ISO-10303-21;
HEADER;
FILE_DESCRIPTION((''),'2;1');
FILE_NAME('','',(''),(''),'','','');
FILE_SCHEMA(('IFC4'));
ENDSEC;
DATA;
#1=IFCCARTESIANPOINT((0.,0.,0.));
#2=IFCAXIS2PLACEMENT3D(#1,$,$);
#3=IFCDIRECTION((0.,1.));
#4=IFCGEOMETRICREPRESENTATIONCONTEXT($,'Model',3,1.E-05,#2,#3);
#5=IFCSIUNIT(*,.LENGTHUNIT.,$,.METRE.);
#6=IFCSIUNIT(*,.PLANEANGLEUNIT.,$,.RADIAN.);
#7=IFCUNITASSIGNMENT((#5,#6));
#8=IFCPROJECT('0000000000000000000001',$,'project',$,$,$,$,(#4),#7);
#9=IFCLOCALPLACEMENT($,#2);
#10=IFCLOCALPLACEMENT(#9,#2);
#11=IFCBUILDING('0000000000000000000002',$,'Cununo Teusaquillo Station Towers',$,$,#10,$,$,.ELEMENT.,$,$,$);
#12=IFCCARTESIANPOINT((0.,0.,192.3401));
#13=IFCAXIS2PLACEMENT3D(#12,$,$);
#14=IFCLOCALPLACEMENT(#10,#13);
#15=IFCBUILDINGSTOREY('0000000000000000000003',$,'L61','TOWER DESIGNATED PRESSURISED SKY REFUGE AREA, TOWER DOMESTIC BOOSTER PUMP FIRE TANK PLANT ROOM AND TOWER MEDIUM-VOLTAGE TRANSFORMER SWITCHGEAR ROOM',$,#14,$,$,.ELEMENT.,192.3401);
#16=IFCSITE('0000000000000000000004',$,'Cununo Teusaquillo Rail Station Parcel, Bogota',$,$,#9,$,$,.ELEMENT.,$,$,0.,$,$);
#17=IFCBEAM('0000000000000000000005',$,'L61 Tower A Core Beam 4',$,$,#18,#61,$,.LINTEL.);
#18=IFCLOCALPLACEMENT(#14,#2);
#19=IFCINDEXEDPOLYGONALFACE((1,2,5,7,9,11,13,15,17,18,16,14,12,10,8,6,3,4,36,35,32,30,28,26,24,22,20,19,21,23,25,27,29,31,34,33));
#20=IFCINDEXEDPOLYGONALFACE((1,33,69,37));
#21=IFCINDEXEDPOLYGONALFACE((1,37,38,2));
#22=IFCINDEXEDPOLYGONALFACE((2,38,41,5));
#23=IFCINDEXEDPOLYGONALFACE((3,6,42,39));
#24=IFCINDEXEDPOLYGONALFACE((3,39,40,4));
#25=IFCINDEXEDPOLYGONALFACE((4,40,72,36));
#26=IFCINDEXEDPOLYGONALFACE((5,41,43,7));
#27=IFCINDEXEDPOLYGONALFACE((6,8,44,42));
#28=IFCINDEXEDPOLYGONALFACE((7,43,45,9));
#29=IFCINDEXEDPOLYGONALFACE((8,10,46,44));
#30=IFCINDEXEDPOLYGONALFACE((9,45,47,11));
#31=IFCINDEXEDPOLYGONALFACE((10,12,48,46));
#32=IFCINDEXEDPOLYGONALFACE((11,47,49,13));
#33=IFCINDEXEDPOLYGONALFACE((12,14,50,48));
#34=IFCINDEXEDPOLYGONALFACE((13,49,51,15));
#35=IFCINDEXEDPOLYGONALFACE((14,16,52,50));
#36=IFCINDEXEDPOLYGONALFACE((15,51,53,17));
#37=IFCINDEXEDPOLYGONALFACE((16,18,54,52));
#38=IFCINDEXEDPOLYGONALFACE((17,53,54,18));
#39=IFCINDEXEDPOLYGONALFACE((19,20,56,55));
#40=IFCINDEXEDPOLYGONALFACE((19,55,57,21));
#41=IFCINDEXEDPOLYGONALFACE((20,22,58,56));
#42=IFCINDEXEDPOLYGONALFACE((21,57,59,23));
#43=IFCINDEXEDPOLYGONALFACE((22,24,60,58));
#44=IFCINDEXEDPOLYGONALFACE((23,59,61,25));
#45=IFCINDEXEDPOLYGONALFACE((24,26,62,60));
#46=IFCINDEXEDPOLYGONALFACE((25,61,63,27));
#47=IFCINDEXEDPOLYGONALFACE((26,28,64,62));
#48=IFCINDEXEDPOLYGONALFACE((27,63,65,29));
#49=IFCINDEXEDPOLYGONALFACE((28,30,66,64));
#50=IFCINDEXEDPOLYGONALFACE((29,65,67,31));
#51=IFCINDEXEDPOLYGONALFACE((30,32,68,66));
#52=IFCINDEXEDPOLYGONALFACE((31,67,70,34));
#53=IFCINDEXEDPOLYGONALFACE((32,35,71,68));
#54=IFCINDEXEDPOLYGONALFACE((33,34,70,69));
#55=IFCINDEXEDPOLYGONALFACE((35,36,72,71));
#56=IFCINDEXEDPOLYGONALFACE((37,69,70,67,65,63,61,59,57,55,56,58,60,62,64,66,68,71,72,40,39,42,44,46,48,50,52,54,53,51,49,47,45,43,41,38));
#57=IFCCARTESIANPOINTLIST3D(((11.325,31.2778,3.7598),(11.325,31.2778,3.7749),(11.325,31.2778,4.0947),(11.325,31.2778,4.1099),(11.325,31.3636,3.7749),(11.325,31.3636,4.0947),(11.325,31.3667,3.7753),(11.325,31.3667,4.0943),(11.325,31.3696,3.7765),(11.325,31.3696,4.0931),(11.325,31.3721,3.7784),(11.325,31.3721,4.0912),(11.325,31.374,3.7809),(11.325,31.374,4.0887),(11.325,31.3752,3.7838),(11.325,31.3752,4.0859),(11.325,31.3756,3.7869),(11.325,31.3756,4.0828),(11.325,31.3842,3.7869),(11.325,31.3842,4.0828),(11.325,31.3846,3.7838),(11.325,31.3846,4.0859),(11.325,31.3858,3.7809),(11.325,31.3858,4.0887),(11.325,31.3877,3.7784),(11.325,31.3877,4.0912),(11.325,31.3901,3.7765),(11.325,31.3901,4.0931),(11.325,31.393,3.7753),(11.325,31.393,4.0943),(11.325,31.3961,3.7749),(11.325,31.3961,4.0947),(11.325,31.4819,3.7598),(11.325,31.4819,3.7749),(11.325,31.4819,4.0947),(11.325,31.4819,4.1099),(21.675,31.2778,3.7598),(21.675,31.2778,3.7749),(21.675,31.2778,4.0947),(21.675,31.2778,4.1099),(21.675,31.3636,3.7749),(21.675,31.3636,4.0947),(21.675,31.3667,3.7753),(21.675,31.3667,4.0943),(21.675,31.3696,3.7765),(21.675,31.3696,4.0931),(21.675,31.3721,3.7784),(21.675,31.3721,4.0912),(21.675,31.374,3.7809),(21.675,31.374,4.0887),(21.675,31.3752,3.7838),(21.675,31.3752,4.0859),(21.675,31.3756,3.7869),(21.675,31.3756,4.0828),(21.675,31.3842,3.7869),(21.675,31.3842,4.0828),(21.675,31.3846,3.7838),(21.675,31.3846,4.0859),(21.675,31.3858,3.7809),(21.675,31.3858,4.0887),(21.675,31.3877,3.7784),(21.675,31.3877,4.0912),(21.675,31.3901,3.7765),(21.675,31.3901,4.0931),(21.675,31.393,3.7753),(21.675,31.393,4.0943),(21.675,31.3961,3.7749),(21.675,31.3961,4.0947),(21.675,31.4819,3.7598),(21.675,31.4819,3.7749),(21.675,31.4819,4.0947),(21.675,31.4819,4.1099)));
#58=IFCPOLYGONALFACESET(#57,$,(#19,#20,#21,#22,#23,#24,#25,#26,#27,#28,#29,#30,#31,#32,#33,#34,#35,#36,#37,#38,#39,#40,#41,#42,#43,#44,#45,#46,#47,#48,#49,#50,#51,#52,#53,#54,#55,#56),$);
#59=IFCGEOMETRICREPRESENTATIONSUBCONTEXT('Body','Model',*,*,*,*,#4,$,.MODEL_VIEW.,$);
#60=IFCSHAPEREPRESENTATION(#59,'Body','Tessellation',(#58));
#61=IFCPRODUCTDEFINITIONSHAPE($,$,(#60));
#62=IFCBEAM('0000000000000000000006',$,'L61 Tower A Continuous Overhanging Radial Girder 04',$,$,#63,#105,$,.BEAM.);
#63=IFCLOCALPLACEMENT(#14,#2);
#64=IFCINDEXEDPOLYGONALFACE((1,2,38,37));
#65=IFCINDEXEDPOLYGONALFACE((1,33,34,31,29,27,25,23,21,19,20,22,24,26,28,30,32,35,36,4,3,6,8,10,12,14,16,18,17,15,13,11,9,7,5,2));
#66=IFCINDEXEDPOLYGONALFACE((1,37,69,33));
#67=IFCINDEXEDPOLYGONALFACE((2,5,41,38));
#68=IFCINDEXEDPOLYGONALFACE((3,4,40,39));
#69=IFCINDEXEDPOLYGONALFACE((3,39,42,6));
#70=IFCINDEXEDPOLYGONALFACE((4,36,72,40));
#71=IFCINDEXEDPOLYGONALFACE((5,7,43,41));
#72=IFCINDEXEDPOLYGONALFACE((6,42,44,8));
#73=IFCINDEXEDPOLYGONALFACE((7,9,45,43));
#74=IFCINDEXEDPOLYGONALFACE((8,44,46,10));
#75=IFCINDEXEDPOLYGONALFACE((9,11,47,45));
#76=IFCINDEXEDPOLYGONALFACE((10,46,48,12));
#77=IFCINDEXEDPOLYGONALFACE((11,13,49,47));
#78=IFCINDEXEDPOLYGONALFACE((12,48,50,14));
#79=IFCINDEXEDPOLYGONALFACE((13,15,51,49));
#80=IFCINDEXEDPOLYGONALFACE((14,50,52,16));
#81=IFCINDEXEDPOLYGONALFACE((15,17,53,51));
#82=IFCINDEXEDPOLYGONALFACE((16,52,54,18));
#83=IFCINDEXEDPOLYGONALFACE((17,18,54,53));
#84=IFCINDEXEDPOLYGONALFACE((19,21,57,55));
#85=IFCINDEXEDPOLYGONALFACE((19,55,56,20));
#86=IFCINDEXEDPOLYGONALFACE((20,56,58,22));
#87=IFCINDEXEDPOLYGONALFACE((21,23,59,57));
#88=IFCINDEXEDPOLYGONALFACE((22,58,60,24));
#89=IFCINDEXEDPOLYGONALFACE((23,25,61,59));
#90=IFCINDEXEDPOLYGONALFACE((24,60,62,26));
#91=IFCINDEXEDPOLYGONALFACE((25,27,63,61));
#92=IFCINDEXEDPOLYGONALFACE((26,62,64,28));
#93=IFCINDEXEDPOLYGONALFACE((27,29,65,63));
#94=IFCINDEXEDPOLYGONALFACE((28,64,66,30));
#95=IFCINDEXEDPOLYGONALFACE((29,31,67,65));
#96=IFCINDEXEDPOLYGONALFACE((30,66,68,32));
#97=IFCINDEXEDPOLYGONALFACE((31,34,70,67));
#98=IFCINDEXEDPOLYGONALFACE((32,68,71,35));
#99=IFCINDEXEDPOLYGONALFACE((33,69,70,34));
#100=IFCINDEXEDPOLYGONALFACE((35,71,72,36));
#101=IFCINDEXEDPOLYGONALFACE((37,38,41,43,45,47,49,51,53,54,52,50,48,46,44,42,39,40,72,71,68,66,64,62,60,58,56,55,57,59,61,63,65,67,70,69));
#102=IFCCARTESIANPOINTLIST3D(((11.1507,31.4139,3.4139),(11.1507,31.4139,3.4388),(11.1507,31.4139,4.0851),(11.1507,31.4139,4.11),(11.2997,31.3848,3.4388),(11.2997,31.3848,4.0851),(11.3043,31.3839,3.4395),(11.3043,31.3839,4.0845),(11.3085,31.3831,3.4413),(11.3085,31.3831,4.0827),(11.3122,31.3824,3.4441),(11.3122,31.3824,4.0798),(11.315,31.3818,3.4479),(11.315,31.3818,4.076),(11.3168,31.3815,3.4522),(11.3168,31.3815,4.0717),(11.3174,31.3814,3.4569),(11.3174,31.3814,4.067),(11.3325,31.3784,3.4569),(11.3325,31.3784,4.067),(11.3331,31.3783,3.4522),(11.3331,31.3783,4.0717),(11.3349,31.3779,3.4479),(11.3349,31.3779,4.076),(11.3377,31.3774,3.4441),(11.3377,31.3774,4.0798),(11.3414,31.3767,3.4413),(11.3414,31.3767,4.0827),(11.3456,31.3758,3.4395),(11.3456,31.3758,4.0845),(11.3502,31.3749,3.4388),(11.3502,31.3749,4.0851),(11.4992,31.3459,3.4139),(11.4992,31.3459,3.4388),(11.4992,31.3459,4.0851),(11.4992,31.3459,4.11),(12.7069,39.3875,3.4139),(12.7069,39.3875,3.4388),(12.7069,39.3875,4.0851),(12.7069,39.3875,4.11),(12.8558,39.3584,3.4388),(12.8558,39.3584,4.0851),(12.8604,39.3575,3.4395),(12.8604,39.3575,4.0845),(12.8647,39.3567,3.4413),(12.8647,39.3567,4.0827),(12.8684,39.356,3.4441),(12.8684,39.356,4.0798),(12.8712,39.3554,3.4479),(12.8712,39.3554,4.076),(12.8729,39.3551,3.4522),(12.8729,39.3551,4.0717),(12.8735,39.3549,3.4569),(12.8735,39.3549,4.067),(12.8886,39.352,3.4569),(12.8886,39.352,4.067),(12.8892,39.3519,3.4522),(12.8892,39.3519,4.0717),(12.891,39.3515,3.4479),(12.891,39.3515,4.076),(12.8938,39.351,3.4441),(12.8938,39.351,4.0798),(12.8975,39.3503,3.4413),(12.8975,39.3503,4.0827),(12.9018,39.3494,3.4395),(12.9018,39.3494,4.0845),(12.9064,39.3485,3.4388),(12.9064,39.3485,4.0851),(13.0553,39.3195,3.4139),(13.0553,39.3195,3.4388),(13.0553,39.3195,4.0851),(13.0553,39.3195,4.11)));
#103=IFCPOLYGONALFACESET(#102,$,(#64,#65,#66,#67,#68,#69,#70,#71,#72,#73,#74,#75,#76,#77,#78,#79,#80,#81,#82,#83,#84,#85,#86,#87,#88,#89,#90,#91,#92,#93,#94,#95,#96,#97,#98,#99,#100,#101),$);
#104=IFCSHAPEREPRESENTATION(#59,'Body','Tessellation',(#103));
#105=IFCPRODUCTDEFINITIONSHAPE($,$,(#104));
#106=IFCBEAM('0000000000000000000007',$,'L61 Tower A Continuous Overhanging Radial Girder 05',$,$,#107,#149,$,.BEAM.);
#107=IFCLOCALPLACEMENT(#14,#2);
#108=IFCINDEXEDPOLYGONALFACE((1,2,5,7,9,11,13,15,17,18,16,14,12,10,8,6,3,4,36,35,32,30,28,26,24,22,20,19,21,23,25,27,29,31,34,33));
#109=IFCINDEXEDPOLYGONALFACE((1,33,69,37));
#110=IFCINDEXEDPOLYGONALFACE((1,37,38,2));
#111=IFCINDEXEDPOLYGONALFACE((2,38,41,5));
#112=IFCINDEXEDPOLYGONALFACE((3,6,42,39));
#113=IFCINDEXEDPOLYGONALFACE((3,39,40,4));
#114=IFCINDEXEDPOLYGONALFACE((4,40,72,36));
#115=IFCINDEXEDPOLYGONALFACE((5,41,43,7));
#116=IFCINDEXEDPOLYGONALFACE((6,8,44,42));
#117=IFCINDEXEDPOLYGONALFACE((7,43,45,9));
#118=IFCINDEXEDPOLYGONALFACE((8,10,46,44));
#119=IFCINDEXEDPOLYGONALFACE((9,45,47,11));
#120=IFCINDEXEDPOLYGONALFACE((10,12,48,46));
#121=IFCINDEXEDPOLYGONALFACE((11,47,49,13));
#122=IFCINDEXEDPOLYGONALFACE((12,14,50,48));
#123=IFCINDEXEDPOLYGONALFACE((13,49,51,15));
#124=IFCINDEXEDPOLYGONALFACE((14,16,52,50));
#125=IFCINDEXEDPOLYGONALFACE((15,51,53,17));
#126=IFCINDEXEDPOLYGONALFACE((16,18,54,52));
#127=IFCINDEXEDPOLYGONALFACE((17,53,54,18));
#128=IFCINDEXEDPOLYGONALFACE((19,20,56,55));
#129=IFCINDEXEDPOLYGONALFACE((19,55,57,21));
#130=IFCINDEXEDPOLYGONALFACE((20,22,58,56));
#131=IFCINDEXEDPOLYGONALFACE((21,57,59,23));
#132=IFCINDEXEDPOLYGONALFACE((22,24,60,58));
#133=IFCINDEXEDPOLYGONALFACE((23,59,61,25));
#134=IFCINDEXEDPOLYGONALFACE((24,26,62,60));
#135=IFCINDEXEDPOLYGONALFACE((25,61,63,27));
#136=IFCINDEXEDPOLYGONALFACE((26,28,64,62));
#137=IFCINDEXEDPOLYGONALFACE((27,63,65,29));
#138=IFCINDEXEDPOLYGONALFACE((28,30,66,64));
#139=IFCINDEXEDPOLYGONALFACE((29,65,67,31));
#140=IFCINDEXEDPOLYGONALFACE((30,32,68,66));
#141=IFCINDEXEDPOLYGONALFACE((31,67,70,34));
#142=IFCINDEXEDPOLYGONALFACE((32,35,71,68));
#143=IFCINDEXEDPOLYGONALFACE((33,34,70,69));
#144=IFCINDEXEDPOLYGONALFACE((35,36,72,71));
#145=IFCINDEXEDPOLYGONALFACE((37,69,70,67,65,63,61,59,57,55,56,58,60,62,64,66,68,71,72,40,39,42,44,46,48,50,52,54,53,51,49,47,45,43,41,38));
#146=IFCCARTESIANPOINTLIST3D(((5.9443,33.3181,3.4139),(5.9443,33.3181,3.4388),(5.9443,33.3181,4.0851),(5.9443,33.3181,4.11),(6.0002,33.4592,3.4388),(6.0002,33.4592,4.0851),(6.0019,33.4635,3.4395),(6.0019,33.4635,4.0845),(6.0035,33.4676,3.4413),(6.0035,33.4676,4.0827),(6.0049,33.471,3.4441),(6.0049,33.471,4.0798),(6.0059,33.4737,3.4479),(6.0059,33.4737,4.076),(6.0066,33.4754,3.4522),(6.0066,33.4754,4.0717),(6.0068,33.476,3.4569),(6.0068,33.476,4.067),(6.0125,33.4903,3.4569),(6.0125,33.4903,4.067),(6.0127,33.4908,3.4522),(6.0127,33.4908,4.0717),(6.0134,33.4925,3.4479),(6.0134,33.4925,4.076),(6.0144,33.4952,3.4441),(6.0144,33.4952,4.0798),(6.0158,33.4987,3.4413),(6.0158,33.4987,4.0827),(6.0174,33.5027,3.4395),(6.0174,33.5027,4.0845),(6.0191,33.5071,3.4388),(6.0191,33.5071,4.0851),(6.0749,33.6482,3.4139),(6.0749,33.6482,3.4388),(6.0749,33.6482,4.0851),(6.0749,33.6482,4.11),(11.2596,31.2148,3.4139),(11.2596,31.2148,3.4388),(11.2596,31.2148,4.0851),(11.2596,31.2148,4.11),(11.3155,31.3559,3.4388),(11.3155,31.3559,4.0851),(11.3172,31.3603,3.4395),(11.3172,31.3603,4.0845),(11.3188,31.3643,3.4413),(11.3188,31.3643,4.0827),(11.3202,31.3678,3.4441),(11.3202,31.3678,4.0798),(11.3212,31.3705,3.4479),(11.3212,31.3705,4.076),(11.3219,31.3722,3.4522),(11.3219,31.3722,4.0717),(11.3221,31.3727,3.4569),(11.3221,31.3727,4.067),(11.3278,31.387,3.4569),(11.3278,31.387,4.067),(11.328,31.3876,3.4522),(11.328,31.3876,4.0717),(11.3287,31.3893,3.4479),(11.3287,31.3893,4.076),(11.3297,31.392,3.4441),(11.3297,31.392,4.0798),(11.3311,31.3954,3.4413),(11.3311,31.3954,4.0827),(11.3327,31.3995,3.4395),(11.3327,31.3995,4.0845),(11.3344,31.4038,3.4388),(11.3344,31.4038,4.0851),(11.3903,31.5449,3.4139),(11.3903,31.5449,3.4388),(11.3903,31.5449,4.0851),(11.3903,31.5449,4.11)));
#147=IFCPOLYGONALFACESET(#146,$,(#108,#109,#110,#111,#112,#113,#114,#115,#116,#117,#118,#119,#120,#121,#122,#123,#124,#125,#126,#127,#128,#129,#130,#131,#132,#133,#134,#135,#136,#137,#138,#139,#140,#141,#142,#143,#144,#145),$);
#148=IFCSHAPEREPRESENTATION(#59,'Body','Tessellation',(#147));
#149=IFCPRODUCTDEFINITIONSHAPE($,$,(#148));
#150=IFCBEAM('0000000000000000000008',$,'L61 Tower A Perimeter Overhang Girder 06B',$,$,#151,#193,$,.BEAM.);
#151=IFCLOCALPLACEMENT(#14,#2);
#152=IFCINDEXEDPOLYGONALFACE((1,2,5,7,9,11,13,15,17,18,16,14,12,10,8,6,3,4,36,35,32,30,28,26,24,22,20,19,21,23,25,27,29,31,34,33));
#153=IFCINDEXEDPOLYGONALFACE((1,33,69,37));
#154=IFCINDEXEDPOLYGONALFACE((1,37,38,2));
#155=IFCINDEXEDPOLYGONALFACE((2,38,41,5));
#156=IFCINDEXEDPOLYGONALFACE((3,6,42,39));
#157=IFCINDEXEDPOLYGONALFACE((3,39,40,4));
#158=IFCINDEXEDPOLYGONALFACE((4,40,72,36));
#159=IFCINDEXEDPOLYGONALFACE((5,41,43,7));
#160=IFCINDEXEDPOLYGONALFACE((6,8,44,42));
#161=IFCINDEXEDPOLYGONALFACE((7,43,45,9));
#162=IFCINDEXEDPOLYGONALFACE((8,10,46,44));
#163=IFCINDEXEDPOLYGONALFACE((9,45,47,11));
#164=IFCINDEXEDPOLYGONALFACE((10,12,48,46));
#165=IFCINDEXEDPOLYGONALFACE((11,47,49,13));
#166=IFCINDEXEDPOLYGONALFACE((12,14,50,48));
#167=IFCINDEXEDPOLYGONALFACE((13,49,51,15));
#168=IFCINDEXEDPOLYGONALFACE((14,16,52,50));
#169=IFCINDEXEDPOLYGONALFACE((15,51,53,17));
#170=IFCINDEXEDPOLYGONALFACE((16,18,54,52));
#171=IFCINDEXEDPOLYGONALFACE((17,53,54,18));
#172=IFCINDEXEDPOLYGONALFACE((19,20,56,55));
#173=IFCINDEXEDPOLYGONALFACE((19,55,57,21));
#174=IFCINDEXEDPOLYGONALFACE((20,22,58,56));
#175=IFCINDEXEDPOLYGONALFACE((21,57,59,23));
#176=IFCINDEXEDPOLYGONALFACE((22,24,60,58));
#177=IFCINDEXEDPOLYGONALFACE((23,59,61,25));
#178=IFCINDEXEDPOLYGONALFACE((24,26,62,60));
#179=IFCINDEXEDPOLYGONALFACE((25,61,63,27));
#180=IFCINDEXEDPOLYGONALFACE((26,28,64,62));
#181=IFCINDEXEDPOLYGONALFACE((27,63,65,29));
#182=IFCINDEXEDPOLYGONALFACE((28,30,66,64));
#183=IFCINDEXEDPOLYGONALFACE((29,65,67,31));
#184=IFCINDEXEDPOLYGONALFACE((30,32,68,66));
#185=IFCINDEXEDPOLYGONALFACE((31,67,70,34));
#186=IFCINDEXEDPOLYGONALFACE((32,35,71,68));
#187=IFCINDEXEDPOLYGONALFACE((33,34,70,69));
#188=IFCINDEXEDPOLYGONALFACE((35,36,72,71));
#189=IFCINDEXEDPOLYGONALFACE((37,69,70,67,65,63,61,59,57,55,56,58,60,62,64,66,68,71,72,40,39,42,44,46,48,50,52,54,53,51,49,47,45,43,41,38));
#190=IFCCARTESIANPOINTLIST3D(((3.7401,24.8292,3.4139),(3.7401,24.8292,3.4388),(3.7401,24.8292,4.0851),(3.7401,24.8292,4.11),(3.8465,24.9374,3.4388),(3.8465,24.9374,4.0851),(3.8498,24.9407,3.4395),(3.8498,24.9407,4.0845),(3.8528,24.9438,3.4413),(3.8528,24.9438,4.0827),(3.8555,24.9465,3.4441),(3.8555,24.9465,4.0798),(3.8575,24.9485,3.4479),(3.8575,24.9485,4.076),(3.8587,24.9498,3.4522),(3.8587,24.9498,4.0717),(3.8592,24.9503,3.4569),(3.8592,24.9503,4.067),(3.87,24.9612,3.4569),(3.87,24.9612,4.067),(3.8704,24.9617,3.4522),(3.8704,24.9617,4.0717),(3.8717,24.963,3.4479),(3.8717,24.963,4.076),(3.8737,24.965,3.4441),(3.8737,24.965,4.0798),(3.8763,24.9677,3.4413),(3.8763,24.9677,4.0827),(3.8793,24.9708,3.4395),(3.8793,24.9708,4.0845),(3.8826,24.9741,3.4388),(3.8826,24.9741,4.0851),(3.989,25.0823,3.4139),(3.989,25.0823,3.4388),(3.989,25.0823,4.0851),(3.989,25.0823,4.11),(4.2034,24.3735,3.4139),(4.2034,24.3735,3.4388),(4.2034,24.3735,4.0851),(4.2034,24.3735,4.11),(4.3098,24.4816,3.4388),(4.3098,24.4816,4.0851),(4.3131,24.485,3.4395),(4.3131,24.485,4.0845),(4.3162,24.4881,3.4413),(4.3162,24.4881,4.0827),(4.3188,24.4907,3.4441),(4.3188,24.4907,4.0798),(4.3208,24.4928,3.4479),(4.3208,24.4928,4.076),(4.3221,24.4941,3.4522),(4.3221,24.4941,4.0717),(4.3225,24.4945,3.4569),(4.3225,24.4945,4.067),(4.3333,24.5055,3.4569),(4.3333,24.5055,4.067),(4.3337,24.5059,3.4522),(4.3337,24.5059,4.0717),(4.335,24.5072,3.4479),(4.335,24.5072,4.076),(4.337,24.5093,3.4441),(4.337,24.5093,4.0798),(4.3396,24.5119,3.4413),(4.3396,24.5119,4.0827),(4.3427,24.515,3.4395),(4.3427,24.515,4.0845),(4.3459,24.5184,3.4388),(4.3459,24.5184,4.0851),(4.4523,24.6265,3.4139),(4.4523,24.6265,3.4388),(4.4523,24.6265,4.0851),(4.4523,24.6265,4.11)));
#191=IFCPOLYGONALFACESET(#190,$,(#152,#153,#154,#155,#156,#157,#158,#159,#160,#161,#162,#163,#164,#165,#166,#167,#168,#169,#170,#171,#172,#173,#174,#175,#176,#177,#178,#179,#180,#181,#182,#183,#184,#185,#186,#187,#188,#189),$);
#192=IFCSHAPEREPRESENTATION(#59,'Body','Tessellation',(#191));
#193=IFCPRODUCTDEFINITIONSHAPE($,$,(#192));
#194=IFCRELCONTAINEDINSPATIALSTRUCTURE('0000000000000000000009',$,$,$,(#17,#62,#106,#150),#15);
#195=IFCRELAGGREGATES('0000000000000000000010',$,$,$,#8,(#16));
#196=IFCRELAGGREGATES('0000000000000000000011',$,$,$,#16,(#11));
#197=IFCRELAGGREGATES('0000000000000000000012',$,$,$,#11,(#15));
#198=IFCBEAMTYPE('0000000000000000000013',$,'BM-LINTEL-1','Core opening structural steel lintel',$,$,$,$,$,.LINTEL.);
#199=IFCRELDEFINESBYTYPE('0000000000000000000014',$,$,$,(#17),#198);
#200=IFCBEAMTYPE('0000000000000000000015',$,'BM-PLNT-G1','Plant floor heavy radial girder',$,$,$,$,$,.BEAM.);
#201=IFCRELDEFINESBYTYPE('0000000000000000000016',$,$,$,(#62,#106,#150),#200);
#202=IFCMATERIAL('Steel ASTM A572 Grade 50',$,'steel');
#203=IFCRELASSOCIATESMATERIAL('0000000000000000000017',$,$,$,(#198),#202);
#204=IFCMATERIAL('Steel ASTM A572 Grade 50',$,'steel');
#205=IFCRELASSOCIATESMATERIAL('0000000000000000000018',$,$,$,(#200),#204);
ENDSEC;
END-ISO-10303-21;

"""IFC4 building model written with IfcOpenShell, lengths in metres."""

from ifc_helpers import new_model, si_unit, direction, frame, origin, origin_2d, place, context, subcontext, project, spatial, i_section, extrude, material, material_profile, profile_set, type_object, element, save


model = new_model("IFC4")

# Units and contexts
model_context = context("Model", 3, precision=1e-05, world=origin(), true_north=direction((0.0, 1.0)))
body_context = subcontext(model_context, "Body", "Model", "MODEL_VIEW")
ifc_project = project(units=[si_unit("LENGTHUNIT", "METRE"), si_unit("PLANEANGLEUNIT", "RADIAN")], contexts=[model_context])

# Site, building, storey
site_placement = place(None, origin())
site = spatial("IfcSite", under=ifc_project, at=site_placement, Name="Cununo Teusaquillo Rail Station Parcel, Bogota", CompositionType="ELEMENT", RefElevation=0.0)
building_placement = place(site_placement, origin())
building = spatial("IfcBuilding", under=site, at=building_placement, Name="Cununo Teusaquillo Station Towers", CompositionType="ELEMENT")
storey_placement = place(building_placement, frame((0.0, 0.0, 192.3401)))
storey = spatial("IfcBuildingStorey", under=building, at=storey_placement, Name="L61", Description="TOWER DESIGNATED PRESSURISED SKY REFUGE AREA, TOWER DOMESTIC BOOSTER PUMP FIRE TANK PLANT ROOM AND TOWER MEDIUM-VOLTAGE TRANSFORMER SWITCHGEAR ROOM", CompositionType="ELEMENT", Elevation=192.3401)

# Beams
ifc_material_1 = material(Name="Steel ASTM A572 Grade 50", Category="steel")
ifc_material_profile_1 = material_profile(ifc_material_1, i_section(OverallWidth=0.2041, OverallDepth=0.3501, WebThickness=0.0085, FlangeThickness=0.0151, FilletRadius=0.012, at=origin_2d()), Name="W14X48")
ifc_profile_set_1 = profile_set([ifc_material_profile_1], Name="Steel ASTM A572 Grade 50")
beam_type_1 = type_object("IfcBeamType", Name="BM-LINTEL-1", Description="Core opening structural steel lintel", PredefinedType="LINTEL", material=ifc_profile_set_1)
beam_1_placement = place(storey_placement, frame((11.325, 31.3799, 3.9348), z_axis=(1.0, 0.0, 0.0), x_axis=(0.0, 1.0, 0.0)))
element("IfcBeam", 1, at=beam_1_placement, inside=storey, type_object=beam_type_1, Name="L61 Tower A Core Beam 4", PredefinedType="LINTEL", context=body_context, shape_type="SweptSolid", body=[
    extrude(i_section(OverallWidth=0.2041, OverallDepth=0.3501, WebThickness=0.0085, FlangeThickness=0.0151, FilletRadius=0.012, at=origin_2d()), origin(), (0.0, 0.0, 1.0), 10.3501),
])
ifc_material_2 = material(Name="Steel ASTM A572 Grade 50", Category="steel")
ifc_material_profile_2 = material_profile(ifc_material_2, i_section(OverallWidth=0.355, OverallDepth=0.696, WebThickness=0.0154, FlangeThickness=0.0249, FilletRadius=0.0181, at=origin_2d()), Name="W27X146")
ifc_profile_set_2 = profile_set([ifc_material_profile_2], Name="Steel ASTM A572 Grade 50")
beam_type_2 = type_object("IfcBeamType", Name="BM-PLNT-G1", Description="Plant floor heavy radial girder", PredefinedType="BEAM", material=ifc_profile_set_2)
beam_2_placement = place(storey_placement, frame((11.325, 31.3799, 3.762), z_axis=(0.191548, 0.981483, 0.0), x_axis=(-0.981483, 0.191548, 0.0)))
element("IfcBeam", 2, at=beam_2_placement, inside=storey, type_object=beam_type_2, Name="L61 Tower A Continuous Overhanging Radial Girder 04", PredefinedType="BEAM", context=body_context, shape_type="SweptSolid", body=[
    extrude(i_section(OverallWidth=0.355, OverallDepth=0.696, WebThickness=0.0154, FlangeThickness=0.0249, FilletRadius=0.0181, at=origin_2d()), origin(), (0.0, 0.0, 1.0), 8.124),
])
beam_3_placement = place(storey_placement, frame((11.325, 31.3799, 3.762), z_axis=(-0.929852, 0.367935, 0.0), x_axis=(-0.367935, -0.929852, 0.0)))
element("IfcBeam", 3, at=beam_3_placement, inside=storey, type_object=beam_type_2, Name="L61 Tower A Continuous Overhanging Radial Girder 05", PredefinedType="BEAM", context=body_context, shape_type="SweptSolid", body=[
    extrude(i_section(OverallWidth=0.355, OverallDepth=0.696, WebThickness=0.0154, FlangeThickness=0.0249, FilletRadius=0.0181, at=origin_2d()), origin(), (0.0, 0.0, 1.0), 5.7163),
])
beam_4_placement = place(storey_placement, frame((4.3279, 24.5, 3.762), z_axis=(-0.712905, 0.701261, 0.0), x_axis=(-0.701261, -0.712905, 0.0)))
element("IfcBeam", 4, at=beam_4_placement, inside=storey, type_object=beam_type_2, Name="L61 Tower A Perimeter Overhang Girder 06B", PredefinedType="BEAM", context=body_context, shape_type="SweptSolid", body=[
    extrude(i_section(OverallWidth=0.355, OverallDepth=0.696, WebThickness=0.0154, FlangeThickness=0.0249, FilletRadius=0.0181, at=origin_2d()), origin(), (0.0, 0.0, 1.0), 0.6499),
])

save(model, "model.ifc")
